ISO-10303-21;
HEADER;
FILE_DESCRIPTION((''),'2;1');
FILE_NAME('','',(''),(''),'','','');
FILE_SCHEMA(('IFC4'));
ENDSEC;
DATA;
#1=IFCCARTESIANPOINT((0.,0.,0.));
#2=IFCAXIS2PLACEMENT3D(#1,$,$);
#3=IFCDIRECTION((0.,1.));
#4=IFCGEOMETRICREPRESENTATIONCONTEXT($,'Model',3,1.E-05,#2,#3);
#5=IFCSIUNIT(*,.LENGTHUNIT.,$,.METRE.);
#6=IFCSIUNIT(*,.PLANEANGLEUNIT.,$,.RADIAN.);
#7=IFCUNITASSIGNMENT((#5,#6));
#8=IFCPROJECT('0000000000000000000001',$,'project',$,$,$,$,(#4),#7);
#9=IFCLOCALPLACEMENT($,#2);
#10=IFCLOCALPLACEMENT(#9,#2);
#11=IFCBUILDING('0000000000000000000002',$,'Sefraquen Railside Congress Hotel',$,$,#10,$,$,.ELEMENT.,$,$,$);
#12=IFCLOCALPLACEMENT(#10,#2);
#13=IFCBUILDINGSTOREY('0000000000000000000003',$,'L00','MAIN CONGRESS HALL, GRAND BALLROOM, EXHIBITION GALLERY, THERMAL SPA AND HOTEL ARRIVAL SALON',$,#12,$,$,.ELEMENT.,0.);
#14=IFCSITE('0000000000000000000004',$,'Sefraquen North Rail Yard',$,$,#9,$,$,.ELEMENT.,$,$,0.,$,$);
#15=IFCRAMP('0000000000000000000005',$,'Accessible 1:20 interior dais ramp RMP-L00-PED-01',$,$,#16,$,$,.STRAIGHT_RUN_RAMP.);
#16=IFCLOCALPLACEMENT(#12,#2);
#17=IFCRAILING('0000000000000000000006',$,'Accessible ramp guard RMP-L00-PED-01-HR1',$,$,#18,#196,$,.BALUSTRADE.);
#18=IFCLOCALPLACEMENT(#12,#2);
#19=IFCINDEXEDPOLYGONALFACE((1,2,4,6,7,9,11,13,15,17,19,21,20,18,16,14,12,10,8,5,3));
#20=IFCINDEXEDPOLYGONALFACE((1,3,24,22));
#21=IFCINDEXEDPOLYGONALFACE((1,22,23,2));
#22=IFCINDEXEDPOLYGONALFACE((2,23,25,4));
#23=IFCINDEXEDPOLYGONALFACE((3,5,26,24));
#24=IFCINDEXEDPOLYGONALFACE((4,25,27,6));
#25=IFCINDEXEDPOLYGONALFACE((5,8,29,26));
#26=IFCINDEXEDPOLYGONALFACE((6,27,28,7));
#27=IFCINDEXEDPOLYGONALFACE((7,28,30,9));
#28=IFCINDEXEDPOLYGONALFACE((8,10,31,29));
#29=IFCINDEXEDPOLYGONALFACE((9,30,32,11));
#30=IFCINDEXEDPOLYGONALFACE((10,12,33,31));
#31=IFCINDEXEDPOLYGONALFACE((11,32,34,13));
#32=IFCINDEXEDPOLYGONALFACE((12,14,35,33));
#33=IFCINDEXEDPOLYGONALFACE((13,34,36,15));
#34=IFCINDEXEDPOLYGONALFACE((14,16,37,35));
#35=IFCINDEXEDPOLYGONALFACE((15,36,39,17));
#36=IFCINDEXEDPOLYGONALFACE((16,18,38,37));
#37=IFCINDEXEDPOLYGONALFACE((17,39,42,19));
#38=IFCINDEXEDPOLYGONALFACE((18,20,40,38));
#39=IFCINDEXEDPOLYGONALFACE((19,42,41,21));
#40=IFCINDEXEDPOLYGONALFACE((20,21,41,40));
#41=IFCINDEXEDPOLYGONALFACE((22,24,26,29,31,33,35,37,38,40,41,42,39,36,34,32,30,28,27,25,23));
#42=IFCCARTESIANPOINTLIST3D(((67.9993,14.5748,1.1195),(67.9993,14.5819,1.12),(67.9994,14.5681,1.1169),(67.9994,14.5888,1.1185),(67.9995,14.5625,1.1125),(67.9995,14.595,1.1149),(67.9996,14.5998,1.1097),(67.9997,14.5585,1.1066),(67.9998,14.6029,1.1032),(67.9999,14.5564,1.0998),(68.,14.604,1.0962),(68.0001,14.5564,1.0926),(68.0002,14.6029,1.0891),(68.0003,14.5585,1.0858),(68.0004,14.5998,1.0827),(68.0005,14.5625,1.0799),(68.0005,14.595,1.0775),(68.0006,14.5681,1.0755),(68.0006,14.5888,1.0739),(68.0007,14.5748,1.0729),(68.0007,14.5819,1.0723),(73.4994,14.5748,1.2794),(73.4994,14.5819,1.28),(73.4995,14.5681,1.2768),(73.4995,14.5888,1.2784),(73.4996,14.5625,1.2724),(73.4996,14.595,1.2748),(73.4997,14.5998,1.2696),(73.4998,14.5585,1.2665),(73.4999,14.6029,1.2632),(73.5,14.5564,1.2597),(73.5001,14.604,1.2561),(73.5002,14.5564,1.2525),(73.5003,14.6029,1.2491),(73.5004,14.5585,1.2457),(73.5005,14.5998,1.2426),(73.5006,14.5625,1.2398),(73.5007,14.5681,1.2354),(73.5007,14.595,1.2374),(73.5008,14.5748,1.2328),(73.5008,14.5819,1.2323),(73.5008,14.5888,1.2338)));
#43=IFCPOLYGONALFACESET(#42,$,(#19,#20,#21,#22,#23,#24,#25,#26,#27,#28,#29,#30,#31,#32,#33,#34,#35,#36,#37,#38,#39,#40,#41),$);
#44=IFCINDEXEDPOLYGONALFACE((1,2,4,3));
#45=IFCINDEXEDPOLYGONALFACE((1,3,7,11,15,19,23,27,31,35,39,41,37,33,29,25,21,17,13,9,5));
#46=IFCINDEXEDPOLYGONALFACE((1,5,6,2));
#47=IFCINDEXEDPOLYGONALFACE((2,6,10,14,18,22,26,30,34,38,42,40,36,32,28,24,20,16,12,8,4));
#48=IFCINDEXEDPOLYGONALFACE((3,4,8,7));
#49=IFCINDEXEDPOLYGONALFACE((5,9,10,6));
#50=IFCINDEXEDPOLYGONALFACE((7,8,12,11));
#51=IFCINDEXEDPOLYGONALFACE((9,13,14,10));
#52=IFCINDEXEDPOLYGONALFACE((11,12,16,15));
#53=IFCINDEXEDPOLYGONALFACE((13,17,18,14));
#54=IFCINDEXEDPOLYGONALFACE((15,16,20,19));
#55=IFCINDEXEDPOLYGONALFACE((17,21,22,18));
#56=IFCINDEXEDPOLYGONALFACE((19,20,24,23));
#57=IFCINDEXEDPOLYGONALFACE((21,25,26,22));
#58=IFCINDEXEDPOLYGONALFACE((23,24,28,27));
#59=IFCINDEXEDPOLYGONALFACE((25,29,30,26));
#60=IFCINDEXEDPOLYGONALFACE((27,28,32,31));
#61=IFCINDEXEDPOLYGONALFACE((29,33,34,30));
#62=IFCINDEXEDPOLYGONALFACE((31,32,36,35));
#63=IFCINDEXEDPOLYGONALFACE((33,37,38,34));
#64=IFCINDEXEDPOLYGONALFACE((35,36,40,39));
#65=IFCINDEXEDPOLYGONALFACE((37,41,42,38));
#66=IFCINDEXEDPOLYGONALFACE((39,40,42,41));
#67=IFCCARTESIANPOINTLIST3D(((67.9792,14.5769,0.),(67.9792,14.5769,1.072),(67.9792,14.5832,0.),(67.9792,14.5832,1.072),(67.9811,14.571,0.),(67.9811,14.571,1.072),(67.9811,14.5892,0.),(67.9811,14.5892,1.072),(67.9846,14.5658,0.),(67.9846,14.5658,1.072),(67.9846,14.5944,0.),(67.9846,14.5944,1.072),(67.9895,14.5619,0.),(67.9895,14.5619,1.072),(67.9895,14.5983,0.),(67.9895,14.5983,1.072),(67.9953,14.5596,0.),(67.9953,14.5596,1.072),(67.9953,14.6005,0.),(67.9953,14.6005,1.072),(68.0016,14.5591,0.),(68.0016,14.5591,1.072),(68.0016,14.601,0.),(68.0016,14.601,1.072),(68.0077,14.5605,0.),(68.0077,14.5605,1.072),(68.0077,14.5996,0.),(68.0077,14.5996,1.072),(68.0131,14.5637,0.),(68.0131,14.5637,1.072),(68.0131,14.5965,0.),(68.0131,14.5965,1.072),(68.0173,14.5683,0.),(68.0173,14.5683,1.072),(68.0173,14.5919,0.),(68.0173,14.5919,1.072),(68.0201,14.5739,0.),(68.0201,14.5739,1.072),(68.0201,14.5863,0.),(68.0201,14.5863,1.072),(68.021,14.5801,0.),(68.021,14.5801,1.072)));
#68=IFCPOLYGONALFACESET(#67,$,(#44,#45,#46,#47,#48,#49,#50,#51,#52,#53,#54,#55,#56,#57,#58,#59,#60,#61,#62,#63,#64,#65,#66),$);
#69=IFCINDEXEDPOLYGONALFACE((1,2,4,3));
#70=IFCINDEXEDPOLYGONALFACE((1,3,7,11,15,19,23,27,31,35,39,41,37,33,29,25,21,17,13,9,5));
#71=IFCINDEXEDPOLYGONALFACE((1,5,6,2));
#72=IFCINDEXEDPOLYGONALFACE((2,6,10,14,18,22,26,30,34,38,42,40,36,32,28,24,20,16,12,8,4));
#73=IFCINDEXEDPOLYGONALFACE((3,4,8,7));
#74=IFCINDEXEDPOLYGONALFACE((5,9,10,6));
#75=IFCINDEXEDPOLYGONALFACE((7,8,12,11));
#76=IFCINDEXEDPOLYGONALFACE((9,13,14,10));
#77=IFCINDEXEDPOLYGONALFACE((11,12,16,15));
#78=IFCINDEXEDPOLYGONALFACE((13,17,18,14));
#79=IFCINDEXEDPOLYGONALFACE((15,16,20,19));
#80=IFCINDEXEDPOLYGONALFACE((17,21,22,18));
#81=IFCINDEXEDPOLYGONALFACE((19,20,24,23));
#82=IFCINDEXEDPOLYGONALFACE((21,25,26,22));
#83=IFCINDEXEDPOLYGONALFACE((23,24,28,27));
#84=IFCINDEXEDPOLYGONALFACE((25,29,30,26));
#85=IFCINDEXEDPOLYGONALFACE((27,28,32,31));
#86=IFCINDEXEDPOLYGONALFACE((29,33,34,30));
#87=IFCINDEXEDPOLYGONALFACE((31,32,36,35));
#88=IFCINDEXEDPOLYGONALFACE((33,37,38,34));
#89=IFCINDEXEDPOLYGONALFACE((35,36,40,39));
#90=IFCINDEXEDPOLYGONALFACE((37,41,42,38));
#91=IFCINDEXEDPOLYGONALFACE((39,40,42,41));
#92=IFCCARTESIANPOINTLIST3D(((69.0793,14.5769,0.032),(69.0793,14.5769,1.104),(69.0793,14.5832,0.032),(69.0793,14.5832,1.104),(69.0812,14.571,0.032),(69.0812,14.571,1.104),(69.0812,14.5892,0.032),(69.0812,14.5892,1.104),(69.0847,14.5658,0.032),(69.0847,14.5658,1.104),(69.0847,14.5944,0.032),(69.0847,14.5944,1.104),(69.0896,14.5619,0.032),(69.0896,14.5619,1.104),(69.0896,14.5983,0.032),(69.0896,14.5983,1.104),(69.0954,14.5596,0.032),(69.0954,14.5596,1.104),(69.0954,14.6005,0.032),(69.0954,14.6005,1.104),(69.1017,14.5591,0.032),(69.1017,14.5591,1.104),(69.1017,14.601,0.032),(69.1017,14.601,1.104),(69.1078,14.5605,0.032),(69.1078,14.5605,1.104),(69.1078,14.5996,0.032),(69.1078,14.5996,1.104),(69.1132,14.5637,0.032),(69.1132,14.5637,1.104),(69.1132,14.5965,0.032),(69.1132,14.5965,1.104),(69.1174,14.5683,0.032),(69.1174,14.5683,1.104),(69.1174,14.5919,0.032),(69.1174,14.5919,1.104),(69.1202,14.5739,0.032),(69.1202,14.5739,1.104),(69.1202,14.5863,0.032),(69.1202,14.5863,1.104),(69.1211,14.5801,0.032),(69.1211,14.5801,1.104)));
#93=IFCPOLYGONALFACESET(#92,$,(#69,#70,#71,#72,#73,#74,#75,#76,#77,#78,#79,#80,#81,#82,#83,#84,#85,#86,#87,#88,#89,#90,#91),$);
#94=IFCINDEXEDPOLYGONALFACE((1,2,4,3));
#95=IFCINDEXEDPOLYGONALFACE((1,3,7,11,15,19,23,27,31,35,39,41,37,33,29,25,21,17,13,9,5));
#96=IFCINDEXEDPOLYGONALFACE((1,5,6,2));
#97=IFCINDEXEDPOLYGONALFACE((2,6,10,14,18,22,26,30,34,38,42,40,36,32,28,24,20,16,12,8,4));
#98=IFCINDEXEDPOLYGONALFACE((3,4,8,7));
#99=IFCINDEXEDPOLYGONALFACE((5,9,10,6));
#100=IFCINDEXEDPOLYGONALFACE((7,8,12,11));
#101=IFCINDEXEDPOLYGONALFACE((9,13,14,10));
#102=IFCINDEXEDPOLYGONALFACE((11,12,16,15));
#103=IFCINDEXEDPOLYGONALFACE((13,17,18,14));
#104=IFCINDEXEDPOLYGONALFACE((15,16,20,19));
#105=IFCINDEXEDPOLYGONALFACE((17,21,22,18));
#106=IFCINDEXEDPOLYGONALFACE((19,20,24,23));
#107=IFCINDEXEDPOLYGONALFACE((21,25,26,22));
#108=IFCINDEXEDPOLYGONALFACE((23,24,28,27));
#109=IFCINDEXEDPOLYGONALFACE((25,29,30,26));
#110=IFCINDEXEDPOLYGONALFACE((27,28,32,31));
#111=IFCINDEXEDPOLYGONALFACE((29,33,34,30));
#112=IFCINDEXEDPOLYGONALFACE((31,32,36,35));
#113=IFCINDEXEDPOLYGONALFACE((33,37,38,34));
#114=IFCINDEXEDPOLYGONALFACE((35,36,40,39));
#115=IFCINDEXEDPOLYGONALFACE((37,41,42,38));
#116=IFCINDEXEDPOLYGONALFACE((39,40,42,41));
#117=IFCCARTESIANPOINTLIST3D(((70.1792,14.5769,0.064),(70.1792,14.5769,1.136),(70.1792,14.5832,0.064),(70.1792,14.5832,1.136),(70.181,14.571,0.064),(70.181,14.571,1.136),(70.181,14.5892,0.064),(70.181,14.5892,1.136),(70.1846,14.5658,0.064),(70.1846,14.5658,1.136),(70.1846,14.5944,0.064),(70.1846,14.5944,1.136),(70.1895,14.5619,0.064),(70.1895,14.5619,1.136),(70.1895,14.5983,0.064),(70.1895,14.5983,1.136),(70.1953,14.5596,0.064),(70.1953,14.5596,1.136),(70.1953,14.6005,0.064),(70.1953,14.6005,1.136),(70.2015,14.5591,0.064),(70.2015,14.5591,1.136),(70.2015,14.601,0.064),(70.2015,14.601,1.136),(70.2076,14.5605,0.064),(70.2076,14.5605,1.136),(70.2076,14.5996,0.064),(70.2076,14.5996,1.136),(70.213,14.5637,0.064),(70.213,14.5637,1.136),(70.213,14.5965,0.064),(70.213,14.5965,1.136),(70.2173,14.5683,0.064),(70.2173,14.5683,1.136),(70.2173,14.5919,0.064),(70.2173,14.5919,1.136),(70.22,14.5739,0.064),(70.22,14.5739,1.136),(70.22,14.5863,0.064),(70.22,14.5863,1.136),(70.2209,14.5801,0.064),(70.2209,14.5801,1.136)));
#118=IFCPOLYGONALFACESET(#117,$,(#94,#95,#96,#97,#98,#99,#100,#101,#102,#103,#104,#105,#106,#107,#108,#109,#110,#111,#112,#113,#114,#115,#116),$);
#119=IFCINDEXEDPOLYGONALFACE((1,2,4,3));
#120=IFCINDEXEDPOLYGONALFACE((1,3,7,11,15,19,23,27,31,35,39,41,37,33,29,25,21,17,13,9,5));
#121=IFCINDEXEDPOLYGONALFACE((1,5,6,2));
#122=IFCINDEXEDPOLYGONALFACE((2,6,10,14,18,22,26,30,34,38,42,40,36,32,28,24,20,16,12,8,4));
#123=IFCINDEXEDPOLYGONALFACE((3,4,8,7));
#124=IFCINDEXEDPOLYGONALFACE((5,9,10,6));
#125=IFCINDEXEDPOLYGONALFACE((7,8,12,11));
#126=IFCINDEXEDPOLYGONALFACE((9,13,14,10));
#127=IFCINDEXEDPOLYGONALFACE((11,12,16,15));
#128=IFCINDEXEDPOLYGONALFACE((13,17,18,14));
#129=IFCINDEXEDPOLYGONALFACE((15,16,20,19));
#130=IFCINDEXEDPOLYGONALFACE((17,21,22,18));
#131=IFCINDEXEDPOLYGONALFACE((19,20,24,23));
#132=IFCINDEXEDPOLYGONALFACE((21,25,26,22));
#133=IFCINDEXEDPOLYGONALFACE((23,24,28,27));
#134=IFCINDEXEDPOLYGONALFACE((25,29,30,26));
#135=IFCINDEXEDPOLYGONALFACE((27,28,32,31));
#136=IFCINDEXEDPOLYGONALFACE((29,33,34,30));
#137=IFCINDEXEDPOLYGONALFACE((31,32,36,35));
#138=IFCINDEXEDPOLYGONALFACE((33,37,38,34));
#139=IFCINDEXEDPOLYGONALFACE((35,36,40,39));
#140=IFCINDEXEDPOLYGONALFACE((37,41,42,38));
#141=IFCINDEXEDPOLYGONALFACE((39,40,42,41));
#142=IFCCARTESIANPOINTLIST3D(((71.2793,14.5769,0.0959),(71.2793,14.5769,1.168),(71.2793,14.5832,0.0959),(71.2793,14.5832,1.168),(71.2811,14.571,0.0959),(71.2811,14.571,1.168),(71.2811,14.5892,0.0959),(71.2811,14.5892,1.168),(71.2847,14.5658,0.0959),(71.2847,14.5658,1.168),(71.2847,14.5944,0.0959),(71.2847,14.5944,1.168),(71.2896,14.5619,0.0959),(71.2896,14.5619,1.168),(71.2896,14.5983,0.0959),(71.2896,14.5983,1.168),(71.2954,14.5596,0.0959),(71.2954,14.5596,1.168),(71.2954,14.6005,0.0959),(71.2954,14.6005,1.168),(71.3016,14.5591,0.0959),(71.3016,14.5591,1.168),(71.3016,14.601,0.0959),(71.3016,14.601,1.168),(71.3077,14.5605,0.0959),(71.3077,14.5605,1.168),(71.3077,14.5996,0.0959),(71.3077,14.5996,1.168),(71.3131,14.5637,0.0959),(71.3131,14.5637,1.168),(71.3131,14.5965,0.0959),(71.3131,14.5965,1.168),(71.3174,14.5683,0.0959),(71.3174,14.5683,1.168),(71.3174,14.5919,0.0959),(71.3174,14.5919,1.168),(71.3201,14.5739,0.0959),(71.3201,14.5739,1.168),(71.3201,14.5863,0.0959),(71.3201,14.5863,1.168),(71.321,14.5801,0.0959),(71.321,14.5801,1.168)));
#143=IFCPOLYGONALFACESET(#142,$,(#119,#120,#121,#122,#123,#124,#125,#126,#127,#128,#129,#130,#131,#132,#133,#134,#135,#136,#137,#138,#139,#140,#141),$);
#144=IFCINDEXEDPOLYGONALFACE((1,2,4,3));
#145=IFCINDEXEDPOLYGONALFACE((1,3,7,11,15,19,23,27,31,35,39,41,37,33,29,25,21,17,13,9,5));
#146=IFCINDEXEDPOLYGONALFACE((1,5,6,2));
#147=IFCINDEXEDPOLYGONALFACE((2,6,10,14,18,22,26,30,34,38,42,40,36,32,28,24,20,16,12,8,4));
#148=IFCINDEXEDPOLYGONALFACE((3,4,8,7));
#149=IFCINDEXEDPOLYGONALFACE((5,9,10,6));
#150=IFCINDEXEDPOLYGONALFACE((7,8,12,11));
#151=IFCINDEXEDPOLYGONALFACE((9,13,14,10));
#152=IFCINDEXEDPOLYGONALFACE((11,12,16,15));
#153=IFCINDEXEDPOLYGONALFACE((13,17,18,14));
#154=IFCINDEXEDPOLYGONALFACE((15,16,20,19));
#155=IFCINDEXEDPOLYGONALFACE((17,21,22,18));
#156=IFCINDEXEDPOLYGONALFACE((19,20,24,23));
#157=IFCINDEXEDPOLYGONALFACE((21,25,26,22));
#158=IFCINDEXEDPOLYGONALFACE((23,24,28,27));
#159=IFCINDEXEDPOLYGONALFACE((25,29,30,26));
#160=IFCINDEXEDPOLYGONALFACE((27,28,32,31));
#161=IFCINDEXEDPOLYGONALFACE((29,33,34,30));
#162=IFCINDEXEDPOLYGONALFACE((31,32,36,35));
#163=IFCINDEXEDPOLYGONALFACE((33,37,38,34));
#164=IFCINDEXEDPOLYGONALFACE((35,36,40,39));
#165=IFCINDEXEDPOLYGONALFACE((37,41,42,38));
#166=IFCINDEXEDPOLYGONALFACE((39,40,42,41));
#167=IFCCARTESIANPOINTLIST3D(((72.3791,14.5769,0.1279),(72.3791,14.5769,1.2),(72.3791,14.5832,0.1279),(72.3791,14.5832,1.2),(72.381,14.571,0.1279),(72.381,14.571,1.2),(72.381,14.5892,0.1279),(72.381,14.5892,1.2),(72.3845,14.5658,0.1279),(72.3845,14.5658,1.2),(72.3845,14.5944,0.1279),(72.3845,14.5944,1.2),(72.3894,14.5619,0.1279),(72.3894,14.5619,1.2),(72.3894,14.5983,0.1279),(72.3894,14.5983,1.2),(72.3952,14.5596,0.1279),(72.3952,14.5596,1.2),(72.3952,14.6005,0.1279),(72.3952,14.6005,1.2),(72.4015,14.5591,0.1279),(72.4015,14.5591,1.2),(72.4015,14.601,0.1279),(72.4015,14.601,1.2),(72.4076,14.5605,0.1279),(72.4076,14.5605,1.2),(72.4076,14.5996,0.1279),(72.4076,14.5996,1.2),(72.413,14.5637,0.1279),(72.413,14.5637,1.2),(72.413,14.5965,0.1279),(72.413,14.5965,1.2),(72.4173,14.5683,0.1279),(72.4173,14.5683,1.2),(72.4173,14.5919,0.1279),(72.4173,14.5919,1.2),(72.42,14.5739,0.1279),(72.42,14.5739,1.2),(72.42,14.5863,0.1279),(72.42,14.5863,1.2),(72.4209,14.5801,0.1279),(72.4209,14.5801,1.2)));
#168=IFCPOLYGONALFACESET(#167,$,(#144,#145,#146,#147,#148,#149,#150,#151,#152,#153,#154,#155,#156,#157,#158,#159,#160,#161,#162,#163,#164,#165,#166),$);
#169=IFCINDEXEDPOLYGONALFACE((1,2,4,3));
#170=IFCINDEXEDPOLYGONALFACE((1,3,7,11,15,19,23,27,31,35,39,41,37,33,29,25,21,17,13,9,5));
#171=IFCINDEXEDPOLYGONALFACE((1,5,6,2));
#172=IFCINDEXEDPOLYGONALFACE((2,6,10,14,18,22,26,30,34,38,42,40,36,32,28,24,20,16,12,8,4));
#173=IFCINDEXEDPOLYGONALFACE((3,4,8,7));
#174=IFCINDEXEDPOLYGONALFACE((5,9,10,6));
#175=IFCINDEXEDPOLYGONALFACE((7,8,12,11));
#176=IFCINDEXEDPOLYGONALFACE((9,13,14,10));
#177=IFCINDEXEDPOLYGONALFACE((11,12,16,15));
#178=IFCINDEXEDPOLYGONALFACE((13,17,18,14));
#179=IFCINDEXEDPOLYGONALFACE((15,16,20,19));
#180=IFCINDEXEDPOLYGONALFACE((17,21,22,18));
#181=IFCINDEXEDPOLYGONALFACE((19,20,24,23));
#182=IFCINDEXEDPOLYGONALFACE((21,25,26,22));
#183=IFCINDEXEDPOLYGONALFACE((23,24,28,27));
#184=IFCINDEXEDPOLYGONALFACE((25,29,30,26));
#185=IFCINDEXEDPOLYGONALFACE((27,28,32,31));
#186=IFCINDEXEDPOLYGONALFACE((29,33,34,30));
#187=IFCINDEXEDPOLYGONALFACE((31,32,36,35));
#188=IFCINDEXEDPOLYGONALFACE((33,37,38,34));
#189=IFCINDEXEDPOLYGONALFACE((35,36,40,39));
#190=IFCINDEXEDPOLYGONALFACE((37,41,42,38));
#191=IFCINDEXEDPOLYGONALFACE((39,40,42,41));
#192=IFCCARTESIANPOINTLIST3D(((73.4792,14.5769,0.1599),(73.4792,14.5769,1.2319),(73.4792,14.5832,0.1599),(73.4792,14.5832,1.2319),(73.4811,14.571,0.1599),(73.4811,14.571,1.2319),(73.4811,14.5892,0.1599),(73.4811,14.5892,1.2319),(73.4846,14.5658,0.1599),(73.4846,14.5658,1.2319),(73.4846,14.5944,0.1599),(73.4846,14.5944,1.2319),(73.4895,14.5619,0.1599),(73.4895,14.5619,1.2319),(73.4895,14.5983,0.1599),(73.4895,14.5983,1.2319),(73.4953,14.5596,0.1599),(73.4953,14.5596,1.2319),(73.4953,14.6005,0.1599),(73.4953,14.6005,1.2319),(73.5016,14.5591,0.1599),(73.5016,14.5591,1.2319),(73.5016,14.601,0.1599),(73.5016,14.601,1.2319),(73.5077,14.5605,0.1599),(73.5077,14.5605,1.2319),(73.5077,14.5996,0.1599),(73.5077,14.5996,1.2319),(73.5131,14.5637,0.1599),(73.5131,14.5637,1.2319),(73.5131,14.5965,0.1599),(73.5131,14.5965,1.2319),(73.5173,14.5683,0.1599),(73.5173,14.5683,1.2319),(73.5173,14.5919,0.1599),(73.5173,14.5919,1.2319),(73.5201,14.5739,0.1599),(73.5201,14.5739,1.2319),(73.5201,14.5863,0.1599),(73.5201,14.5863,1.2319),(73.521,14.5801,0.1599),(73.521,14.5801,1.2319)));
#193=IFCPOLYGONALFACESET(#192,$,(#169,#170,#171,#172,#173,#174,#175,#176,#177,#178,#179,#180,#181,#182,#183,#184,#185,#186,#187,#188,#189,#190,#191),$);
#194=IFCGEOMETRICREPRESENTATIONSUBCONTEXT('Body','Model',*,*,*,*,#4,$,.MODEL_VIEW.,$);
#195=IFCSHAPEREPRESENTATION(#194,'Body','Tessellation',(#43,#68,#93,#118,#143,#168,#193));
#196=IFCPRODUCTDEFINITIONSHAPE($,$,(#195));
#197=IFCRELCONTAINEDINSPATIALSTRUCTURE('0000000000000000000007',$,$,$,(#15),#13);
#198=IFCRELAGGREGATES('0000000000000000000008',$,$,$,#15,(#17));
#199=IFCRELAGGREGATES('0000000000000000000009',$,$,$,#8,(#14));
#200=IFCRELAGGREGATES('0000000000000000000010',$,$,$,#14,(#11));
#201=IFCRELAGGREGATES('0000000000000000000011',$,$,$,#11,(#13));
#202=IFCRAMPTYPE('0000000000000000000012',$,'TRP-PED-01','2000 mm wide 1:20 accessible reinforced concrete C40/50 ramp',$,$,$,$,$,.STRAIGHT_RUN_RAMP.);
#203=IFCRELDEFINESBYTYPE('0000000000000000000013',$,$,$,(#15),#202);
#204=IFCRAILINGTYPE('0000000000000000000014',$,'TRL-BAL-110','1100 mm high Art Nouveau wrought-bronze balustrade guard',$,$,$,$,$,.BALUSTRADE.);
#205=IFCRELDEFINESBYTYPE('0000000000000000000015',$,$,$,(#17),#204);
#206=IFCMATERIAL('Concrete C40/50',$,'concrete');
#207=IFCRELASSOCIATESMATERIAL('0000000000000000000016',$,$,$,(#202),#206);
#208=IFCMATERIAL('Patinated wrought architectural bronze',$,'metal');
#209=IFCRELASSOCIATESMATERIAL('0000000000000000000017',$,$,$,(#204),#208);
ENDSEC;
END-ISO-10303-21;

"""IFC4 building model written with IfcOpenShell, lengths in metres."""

from ifc_helpers import new_model, si_unit, direction, frame, origin, origin_2d, place, context, subcontext, project, spatial, circle, extrude, material, type_object, element, aggregate, save


model = new_model("IFC4")

# Units and contexts
model_context = context("Model", 3, precision=1e-05, world=origin(), true_north=direction((0.0, 1.0)))
body_context = subcontext(model_context, "Body", "Model", "MODEL_VIEW")
ifc_project = project(units=[si_unit("LENGTHUNIT", "METRE"), si_unit("PLANEANGLEUNIT", "RADIAN")], contexts=[model_context])

# Site, building, storey
site_placement = place(None, origin())
site = spatial("IfcSite", under=ifc_project, at=site_placement, Name="Sefraquen North Rail Yard", CompositionType="ELEMENT", RefElevation=0.0)
building_placement = place(site_placement, origin())
building = spatial("IfcBuilding", under=site, at=building_placement, Name="Sefraquen Railside Congress Hotel", CompositionType="ELEMENT")
storey_placement = place(building_placement, origin())
storey = spatial("IfcBuildingStorey", under=building, at=storey_placement, Name="L00", Description="MAIN CONGRESS HALL, GRAND BALLROOM, EXHIBITION GALLERY, THERMAL SPA AND HOTEL ARRIVAL SALON", CompositionType="ELEMENT", Elevation=0.0)

# Ramp, railing
ifc_material_1 = material(Name="Concrete C40/50", Category="concrete")
ramp_type = type_object("IfcRampType", Name="TRP-PED-01", Description="2000 mm wide 1:20 accessible reinforced concrete C40/50 ramp", PredefinedType="STRAIGHT_RUN_RAMP", material=ifc_material_1)
ramp_placement = place(storey_placement, origin())
ramp = element("IfcRamp", 1, at=ramp_placement, inside=storey, type_object=ramp_type, Name="Accessible 1:20 interior dais ramp RMP-L00-PED-01", PredefinedType="STRAIGHT_RUN_RAMP")
ifc_material_2 = material(Name="Patinated wrought architectural bronze", Category="metal")
railing_type = type_object("IfcRailingType", Name="TRL-BAL-110", Description="1100 mm high Art Nouveau wrought-bronze balustrade guard", PredefinedType="BALUSTRADE", material=ifc_material_2)
railing_1_placement = place(storey_placement, frame((68.0, 14.5801, 0.0)))
railing_1 = element("IfcRailing", 2, at=railing_1_placement, type_object=railing_type, Name="Accessible ramp guard RMP-L00-PED-01-HR1", PredefinedType="BALUSTRADE", context=body_context, shape_type="SweptSolid", body=[
    extrude(circle(Radius=0.0239, at=origin_2d()), frame((0.0, 0.0, 1.0962), z_axis=(0.999578, 0.0, 0.029063), x_axis=(0.0, 1.0, 0.0)), (0.0, 0.0, 1.0), 5.5024),
    extrude(circle(Radius=0.021, at=origin_2d()), origin(), (0.0, 0.0, 1.0), 1.072),
    extrude(circle(Radius=0.021, at=origin_2d()), frame((1.1001, 0.0, 0.032)), (0.0, 0.0, 1.0), 1.072),
    extrude(circle(Radius=0.021, at=origin_2d()), frame((2.2, 0.0, 0.064)), (0.0, 0.0, 1.0), 1.072),
    extrude(circle(Radius=0.021, at=origin_2d()), frame((3.3, 0.0, 0.0959)), (0.0, 0.0, 1.0), 1.072),
    extrude(circle(Radius=0.021, at=origin_2d()), frame((4.3999, 0.0, 0.1279)), (0.0, 0.0, 1.0), 1.072),
    extrude(circle(Radius=0.021, at=origin_2d()), frame((5.5, 0.0, 0.1599)), (0.0, 0.0, 1.0), 1.072),
])
aggregate(ramp, [railing_1])

save(model, "model.ifc")
